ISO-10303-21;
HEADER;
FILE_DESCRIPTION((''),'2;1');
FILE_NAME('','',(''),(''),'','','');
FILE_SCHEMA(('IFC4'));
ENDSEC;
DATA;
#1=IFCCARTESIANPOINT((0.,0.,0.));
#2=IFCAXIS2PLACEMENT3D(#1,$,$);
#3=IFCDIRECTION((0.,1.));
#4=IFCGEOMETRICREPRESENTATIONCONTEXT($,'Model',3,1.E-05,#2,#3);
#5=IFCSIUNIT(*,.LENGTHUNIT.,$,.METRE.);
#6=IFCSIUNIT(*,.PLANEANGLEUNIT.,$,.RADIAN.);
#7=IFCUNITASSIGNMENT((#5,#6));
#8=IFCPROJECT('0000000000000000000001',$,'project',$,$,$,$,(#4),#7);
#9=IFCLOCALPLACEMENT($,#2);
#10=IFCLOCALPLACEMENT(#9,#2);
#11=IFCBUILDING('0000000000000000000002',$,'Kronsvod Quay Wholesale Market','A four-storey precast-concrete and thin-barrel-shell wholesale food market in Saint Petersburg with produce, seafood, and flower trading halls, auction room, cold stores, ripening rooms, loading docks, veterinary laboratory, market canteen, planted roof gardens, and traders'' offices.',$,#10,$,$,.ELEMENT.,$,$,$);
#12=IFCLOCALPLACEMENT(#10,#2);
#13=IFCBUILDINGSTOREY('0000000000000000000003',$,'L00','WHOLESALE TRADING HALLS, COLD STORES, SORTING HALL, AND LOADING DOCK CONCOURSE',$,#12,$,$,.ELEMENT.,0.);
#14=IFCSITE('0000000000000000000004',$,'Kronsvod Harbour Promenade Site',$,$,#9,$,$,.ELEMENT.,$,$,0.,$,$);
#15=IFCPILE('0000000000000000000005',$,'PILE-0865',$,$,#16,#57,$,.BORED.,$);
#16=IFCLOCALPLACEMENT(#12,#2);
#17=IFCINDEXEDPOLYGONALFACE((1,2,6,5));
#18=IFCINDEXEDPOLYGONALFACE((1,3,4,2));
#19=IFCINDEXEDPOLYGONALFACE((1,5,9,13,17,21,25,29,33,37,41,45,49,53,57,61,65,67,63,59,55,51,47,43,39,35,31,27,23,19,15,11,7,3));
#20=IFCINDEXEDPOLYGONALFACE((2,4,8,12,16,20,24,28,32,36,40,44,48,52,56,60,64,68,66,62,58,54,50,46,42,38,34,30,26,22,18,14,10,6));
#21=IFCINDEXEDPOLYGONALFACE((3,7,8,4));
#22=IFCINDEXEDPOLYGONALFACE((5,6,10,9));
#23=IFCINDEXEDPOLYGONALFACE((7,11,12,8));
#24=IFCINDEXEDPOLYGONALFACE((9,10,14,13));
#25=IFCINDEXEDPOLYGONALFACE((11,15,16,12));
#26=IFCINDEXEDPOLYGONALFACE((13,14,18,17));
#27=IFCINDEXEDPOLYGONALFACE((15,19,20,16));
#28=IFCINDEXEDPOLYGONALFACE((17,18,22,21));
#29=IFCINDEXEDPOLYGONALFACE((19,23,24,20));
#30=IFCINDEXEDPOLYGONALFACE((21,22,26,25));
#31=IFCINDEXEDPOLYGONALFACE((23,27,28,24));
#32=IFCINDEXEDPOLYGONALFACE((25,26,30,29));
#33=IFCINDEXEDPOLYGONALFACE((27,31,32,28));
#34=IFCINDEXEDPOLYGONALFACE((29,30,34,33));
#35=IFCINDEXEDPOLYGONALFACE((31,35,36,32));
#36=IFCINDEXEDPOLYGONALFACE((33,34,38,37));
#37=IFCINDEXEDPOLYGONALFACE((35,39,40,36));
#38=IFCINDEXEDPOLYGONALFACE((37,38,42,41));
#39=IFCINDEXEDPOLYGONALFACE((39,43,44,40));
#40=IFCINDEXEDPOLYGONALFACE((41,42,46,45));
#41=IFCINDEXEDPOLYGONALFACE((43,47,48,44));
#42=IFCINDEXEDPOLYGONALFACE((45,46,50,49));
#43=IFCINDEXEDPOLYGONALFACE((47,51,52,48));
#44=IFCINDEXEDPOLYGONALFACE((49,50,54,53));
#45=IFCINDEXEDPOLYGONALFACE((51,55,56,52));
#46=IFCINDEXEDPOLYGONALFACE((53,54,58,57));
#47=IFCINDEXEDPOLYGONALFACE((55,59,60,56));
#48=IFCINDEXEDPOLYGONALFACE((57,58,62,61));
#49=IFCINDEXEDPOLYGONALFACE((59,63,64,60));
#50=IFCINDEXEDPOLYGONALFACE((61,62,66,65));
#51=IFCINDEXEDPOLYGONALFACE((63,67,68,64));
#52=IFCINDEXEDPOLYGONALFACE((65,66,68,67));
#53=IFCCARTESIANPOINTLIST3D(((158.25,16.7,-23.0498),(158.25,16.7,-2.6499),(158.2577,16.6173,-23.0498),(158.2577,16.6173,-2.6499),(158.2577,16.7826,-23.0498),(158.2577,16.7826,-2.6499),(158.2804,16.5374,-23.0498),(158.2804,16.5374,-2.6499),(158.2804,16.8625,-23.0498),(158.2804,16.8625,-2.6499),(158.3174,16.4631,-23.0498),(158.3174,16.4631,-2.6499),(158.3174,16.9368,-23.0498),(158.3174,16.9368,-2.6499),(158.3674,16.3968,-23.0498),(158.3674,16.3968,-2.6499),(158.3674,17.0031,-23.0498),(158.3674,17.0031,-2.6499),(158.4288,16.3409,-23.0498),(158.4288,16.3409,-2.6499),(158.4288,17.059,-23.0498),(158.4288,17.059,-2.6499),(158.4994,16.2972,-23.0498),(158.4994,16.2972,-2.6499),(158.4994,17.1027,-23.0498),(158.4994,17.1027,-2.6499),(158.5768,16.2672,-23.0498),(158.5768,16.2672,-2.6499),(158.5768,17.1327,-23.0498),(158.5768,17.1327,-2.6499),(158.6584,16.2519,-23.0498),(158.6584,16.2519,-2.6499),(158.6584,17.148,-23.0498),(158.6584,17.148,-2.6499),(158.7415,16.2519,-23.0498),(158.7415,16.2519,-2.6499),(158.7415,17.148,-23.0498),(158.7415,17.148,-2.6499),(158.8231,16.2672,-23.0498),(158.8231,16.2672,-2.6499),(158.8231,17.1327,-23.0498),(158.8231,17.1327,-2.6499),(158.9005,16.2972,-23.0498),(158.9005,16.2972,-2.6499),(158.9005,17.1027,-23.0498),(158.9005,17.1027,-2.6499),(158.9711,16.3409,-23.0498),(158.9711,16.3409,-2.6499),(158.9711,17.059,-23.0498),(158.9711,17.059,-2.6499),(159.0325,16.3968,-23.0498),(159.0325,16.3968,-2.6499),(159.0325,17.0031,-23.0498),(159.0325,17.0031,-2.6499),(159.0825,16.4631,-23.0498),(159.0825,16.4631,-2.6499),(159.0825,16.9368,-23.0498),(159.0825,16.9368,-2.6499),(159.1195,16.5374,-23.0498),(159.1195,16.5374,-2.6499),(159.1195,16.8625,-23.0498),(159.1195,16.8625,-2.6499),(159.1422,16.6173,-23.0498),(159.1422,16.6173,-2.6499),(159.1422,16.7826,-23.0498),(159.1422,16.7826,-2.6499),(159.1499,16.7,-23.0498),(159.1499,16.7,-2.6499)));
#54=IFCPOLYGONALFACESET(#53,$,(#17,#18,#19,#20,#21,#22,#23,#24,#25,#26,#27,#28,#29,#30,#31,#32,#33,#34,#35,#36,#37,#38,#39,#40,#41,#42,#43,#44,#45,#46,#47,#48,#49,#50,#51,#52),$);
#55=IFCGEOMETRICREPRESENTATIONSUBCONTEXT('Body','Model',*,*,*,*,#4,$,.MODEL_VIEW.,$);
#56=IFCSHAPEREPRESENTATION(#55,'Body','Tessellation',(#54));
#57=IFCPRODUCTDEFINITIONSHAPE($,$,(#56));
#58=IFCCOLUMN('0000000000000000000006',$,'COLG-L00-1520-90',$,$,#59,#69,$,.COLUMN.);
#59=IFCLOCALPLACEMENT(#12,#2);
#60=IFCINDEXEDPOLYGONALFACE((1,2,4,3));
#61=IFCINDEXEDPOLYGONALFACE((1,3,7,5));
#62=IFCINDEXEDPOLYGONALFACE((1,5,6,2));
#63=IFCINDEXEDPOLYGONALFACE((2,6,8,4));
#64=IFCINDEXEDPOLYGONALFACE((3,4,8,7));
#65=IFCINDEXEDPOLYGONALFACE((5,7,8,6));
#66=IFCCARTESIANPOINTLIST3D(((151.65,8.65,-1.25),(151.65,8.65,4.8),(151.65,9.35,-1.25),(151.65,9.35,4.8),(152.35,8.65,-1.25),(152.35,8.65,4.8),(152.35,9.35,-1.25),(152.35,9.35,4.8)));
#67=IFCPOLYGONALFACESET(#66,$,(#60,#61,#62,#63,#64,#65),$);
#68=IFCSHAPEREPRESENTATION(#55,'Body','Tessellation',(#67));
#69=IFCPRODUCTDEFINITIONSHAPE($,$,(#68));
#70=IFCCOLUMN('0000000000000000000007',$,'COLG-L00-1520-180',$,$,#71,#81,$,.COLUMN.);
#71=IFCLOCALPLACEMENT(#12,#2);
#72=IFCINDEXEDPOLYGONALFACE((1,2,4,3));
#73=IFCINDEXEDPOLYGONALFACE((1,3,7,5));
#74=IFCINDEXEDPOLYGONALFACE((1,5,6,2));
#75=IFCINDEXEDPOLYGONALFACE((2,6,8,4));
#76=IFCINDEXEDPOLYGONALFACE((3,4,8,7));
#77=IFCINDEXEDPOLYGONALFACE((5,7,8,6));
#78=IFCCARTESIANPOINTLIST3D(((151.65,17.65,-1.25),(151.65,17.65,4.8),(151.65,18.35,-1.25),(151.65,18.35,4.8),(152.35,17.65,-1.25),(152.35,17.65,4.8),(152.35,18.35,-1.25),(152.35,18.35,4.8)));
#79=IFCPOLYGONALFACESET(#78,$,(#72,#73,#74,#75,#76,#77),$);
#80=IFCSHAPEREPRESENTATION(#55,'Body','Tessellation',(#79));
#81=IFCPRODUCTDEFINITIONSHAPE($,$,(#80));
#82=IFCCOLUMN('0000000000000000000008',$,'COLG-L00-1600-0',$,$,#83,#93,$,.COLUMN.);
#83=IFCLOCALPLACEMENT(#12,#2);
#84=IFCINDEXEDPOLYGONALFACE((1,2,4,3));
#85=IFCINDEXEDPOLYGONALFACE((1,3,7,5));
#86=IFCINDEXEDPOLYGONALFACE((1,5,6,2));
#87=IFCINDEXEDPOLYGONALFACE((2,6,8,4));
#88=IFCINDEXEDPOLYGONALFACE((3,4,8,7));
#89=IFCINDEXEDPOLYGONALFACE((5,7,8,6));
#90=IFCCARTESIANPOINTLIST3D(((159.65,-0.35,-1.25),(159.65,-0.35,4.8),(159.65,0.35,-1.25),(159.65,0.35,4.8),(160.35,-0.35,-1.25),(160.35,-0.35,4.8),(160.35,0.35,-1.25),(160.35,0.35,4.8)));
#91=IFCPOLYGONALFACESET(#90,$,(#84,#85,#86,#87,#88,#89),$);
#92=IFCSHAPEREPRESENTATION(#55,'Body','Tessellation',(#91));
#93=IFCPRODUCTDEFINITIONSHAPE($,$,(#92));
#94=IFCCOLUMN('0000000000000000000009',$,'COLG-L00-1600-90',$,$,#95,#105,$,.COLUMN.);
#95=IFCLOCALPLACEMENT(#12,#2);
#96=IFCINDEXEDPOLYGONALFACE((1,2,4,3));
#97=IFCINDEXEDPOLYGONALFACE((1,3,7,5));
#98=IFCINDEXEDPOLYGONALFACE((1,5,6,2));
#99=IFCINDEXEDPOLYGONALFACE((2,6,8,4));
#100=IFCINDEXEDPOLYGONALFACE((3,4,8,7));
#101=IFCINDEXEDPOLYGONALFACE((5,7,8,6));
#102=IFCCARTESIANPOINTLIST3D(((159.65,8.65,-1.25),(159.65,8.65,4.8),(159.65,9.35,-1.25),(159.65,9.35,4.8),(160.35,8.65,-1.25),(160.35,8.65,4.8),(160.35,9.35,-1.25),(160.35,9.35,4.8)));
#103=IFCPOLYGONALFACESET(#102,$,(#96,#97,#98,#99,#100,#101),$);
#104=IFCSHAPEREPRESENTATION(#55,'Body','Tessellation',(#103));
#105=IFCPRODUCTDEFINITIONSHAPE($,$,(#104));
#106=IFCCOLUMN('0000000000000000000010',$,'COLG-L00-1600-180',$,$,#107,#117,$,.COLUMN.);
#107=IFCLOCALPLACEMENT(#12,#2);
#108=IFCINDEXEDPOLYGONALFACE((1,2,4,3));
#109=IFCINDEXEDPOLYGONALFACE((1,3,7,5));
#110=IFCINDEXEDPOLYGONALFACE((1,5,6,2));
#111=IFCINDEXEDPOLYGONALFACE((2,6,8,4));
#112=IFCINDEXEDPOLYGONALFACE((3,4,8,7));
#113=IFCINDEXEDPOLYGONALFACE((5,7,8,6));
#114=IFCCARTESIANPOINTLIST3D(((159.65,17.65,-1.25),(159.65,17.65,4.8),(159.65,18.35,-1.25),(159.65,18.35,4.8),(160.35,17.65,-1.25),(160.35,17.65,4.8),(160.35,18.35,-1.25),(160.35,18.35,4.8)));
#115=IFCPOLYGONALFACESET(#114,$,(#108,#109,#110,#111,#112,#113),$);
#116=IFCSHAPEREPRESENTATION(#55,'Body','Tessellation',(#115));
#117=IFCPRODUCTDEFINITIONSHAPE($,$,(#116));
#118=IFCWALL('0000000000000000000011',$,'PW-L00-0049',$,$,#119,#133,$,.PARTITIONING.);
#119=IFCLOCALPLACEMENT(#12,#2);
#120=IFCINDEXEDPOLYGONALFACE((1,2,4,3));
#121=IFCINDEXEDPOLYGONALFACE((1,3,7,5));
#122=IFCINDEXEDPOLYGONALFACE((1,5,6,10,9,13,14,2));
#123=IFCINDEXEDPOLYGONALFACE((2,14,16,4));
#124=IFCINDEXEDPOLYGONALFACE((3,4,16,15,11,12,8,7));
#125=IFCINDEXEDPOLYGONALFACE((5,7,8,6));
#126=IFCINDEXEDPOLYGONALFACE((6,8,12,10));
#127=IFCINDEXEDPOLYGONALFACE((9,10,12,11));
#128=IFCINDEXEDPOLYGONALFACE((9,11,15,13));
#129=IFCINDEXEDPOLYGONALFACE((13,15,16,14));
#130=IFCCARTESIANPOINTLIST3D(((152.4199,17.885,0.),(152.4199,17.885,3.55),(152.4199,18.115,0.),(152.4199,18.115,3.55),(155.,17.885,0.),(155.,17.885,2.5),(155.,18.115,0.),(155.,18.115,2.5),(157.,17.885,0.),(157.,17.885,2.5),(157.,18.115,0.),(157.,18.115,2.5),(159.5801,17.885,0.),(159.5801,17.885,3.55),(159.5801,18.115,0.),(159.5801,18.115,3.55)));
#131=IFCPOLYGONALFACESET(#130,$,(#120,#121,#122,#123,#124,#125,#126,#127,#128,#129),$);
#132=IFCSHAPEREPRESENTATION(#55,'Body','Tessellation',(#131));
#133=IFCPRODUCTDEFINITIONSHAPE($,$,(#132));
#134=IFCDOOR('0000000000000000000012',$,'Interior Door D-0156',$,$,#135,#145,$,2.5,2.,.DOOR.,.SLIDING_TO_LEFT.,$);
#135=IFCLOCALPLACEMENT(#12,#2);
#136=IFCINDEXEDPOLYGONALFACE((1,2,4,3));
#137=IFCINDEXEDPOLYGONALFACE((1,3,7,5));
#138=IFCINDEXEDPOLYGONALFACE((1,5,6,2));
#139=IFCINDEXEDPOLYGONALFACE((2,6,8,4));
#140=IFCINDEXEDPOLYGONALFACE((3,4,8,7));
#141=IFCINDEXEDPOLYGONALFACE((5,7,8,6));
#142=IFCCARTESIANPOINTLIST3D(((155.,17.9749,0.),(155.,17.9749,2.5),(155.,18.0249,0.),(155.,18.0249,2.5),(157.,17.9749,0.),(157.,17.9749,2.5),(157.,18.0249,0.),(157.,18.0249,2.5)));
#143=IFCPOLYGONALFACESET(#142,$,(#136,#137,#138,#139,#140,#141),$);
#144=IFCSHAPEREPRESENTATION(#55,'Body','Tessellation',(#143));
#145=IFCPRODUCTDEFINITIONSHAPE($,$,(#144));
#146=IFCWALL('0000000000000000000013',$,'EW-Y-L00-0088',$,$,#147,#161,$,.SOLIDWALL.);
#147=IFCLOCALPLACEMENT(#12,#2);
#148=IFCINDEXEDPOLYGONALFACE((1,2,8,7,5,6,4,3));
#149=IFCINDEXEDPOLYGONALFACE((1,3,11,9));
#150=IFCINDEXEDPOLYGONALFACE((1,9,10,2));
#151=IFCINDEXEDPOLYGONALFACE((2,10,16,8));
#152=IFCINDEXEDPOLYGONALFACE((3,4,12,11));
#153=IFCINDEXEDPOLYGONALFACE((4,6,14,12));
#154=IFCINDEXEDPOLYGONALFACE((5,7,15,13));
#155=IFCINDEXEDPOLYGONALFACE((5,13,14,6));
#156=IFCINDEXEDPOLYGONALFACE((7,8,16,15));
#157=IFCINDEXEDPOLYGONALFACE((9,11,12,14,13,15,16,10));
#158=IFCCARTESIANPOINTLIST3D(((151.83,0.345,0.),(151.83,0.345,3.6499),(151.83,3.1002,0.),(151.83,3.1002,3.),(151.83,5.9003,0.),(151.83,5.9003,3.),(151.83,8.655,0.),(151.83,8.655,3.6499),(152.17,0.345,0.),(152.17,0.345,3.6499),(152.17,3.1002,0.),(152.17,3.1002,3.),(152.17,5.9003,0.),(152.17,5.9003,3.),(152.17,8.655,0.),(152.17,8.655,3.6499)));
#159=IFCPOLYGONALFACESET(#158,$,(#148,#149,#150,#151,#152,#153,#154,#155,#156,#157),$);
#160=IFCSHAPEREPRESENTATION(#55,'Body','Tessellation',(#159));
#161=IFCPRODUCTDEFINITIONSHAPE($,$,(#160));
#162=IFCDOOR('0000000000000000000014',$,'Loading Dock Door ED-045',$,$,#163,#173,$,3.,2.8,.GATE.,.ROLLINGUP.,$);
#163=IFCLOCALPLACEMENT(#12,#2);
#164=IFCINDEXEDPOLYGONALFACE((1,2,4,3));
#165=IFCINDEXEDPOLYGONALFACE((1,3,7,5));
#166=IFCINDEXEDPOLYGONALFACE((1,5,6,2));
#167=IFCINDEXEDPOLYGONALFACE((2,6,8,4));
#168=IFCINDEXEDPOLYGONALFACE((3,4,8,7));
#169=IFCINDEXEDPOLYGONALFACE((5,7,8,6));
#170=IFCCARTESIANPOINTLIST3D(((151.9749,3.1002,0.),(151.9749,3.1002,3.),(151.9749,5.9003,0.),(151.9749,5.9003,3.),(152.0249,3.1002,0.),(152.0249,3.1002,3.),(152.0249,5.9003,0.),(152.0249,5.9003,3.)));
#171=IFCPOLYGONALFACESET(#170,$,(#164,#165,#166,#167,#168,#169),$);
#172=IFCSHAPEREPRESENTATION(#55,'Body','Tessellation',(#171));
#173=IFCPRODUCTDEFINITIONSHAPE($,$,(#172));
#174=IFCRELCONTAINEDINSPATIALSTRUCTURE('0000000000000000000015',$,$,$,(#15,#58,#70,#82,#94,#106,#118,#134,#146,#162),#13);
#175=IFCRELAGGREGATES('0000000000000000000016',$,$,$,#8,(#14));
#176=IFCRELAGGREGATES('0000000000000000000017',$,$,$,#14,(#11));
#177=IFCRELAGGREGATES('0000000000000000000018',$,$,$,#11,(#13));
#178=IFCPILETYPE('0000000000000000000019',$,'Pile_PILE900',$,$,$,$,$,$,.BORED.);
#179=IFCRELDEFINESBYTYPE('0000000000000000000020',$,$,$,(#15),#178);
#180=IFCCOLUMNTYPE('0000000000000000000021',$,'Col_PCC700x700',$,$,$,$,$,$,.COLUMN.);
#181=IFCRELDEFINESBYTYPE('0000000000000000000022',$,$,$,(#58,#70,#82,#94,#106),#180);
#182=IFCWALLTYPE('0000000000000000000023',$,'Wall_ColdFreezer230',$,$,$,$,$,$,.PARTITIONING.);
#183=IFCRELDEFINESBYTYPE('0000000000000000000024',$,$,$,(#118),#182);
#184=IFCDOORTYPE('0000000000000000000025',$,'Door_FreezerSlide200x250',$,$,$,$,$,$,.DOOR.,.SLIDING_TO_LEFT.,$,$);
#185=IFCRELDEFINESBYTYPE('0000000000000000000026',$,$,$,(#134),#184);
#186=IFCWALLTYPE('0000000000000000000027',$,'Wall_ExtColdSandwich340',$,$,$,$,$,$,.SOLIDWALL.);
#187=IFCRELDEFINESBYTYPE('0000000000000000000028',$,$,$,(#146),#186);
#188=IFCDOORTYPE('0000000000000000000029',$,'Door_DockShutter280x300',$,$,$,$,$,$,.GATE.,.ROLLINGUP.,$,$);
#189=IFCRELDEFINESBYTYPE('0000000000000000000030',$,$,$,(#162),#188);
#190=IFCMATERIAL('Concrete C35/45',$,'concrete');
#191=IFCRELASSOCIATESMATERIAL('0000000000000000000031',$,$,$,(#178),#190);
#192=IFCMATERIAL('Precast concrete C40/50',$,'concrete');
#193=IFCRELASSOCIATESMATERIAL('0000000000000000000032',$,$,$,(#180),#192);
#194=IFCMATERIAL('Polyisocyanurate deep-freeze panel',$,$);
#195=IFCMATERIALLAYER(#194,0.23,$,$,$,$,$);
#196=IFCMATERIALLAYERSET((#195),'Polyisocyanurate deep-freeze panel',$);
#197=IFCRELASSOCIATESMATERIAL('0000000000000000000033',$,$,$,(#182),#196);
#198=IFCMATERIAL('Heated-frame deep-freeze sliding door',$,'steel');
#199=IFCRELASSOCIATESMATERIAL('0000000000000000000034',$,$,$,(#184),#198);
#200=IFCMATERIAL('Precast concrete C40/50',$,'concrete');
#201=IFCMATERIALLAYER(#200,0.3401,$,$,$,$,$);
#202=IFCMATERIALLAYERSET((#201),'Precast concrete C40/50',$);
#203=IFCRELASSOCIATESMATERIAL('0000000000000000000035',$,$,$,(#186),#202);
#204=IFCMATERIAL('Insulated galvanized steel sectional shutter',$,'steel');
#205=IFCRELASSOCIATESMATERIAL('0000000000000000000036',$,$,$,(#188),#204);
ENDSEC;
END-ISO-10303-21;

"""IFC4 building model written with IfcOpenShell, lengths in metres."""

from ifc_helpers import new_model, si_unit, direction, frame, frame_2d, origin, origin_2d, place, context, subcontext, project, spatial, rectangle, circle, extrude, material, layer, layer_set, material_profile, profile_set, type_object, element, fill, save


model = new_model("IFC4")

# Units and contexts
model_context = context("Model", 3, precision=1e-05, world=origin(), true_north=direction((0.0, 1.0)))
body_context = subcontext(model_context, "Body", "Model", "MODEL_VIEW")
ifc_project = project(units=[si_unit("LENGTHUNIT", "METRE"), si_unit("PLANEANGLEUNIT", "RADIAN")], contexts=[model_context])

# Site, building, storey
site_placement = place(None, origin())
site = spatial("IfcSite", under=ifc_project, at=site_placement, Name="Kronsvod Harbour Promenade Site", CompositionType="ELEMENT", RefElevation=0.0)
building_placement = place(site_placement, origin())
building = spatial("IfcBuilding", under=site, at=building_placement, Name="Kronsvod Quay Wholesale Market", Description="A four-storey precast-concrete and thin-barrel-shell wholesale food market in Saint Petersburg with produce, seafood, and flower trading halls, auction room, cold stores, ripening rooms, loading docks, veterinary laboratory, market canteen, planted roof gardens, and traders' offices.", CompositionType="ELEMENT")
storey_placement = place(building_placement, origin())
storey = spatial("IfcBuildingStorey", under=building, at=storey_placement, Name="L00", Description="WHOLESALE TRADING HALLS, COLD STORES, SORTING HALL, AND LOADING DOCK CONCOURSE", CompositionType="ELEMENT", Elevation=0.0)

# Pile
ifc_material_1 = material(Name="Concrete C35/45", Category="concrete")
ifc_material_profile_1 = material_profile(ifc_material_1, circle(Radius=0.45, at=origin_2d()), Name="PILE900")
ifc_profile_set_1 = profile_set([ifc_material_profile_1], Name="Concrete C35/45")
pile_type_1 = type_object("IfcPileType", Name="Pile_PILE900", PredefinedType="BORED", material=ifc_profile_set_1)
for number, where, z_axis, x_axis, name in (
    (1, (158.7, 16.7, -2.6499), (0.0, 0.0, -1.0), (1.0, 0.0, 0.0), "PILE-0865"),
):
    element("IfcPile", number, at=place(storey_placement, frame(where, z_axis=z_axis, x_axis=x_axis)), inside=storey, type_object=pile_type_1, Name=name, PredefinedType="BORED", context=body_context, shape_type="SweptSolid", body=[
        extrude(circle(Radius=0.45, at=origin_2d()), origin(), (0.0, 0.0, 1.0), 20.3999),
    ])

# Columns
ifc_material_2 = material(Name="Precast concrete C40/50", Category="concrete")
ifc_material_profile_2 = material_profile(ifc_material_2, rectangle(XDim=0.7, YDim=0.7, at=origin_2d()), Name="PCC700x700")
ifc_profile_set_2 = profile_set([ifc_material_profile_2], Name="Precast concrete C40/50")
column_type = type_object("IfcColumnType", Name="Col_PCC700x700", PredefinedType="COLUMN", material=ifc_profile_set_2)
for number, where, z_axis, x_axis, name in (
    (2, (152.0, 9.0, -1.25), (0.0, 0.0, 1.0), (1.0, 0.0, 0.0), "COLG-L00-1520-90"),
    (3, (152.0, 18.0, -1.25), (0.0, 0.0, 1.0), (1.0, 0.0, 0.0), "COLG-L00-1520-180"),
    (4, (160.0, 0.0, -1.25), (0.0, 0.0, 1.0), (1.0, 0.0, 0.0), "COLG-L00-1600-0"),
    (5, (160.0, 9.0, -1.25), (0.0, 0.0, 1.0), (1.0, 0.0, 0.0), "COLG-L00-1600-90"),
    (6, (160.0, 18.0, -1.25), (0.0, 0.0, 1.0), (1.0, 0.0, 0.0), "COLG-L00-1600-180"),
):
    element("IfcColumn", number, at=place(storey_placement, frame(where, z_axis=z_axis, x_axis=x_axis)), inside=storey, type_object=column_type, Name=name, PredefinedType="COLUMN", context=body_context, shape_type="SweptSolid", body=[
        extrude(rectangle(XDim=0.7, YDim=0.7, at=origin_2d()), origin(), (0.0, 0.0, 1.0), 6.05),
    ])

# Walls, openings, doors
ifc_material_3 = material(Name="Polyisocyanurate deep-freeze panel")
ifc_layer_1 = layer(ifc_material_3, 0.23)
ifc_layer_set_1 = layer_set([ifc_layer_1], Name="Polyisocyanurate deep-freeze panel")
wall_type_1 = type_object("IfcWallType", Name="Wall_ColdFreezer230", PredefinedType="PARTITIONING", material=ifc_layer_set_1)
wall_1_placement = place(storey_placement, frame((152.4199, 18.0, 0.0), z_axis=(0.0, 0.0, 1.0), x_axis=(1.0, 0.0, 0.0)))
wall_1 = element("IfcWall", 7, at=wall_1_placement, inside=storey, type_object=wall_type_1, Name="PW-L00-0049", PredefinedType="PARTITIONING", context=body_context, shape_type="SweptSolid", body=[
    extrude(rectangle(XDim=7.1602, YDim=0.23, at=frame_2d((3.5801, 0.0))), origin(), (0.0, 0.0, 1.0), 3.55),
])
opening_1_placement = place(wall_1_placement, frame((2.5801, 0.0, 0.0)))
opening_1 = element("IfcOpeningElement", 8, at=opening_1_placement, cuts=wall_1, PredefinedType="OPENING", context=body_context, shape_type="SweptSolid", body=[
    extrude(rectangle(XDim=2.0, YDim=2.5, at=frame_2d((1.0, 1.25))), frame((0.0, 0.125, 0.0), z_axis=(0.0, -1.0, 0.0), x_axis=(1.0, 0.0, 0.0)), (0.0, 0.0, 1.0), 0.25),
])
ifc_material_4 = material(Name="Heated-frame deep-freeze sliding door", Category="steel")
door_type_1 = type_object("IfcDoorType", Name="Door_FreezerSlide200x250", OperationType="SLIDING_TO_LEFT", PredefinedType="DOOR", material=ifc_material_4)
door_1_placement = place(opening_1_placement, origin())
door_1 = element("IfcDoor", 9, at=door_1_placement, inside=storey, type_object=door_type_1, Name="Interior Door D-0156", OperationType="SLIDING_TO_LEFT", OverallHeight=2.5, OverallWidth=2.0, PredefinedType="DOOR", context=body_context, shape_type="SweptSolid", body=[
    extrude(rectangle(XDim=2.0, YDim=2.5, at=frame_2d((1.0, 1.25))), frame((0.0, 0.0249, 0.0), z_axis=(0.0, -1.0, 0.0), x_axis=(1.0, 0.0, 0.0)), (0.0, 0.0, 1.0), 0.05),
])
fill(opening_1, door_1)
ifc_material_5 = material(Name="Precast concrete C40/50", Category="concrete")
ifc_layer_2 = layer(ifc_material_5, 0.3401)
ifc_layer_set_2 = layer_set([ifc_layer_2], Name="Precast concrete C40/50")
wall_type_2 = type_object("IfcWallType", Name="Wall_ExtColdSandwich340", PredefinedType="SOLIDWALL", material=ifc_layer_set_2)
wall_2_placement = place(storey_placement, frame((152.0, 8.655, 0.0), z_axis=(0.0, 0.0, 1.0), x_axis=(0.0, -1.0, 0.0)))
wall_2 = element("IfcWall", 10, at=wall_2_placement, inside=storey, type_object=wall_type_2, Name="EW-Y-L00-0088", PredefinedType="SOLIDWALL", context=body_context, shape_type="SweptSolid", body=[
    extrude(rectangle(XDim=8.3101, YDim=0.3401, at=frame_2d((4.155, 0.0))), origin(), (0.0, 0.0, 1.0), 3.6499),
])
opening_2_placement = place(wall_2_placement, frame((2.7549, 0.0, 0.0)))
opening_2 = element("IfcOpeningElement", 11, at=opening_2_placement, cuts=wall_2, PredefinedType="OPENING", context=body_context, shape_type="SweptSolid", body=[
    extrude(rectangle(XDim=2.8, YDim=3.0, at=frame_2d((1.3999, 1.5))), frame((0.0, 0.1802, 0.0), z_axis=(0.0, -1.0, 0.0), x_axis=(1.0, 0.0, 0.0)), (0.0, 0.0, 1.0), 0.3601),
])
ifc_material_6 = material(Name="Insulated galvanized steel sectional shutter", Category="steel")
door_type_2 = type_object("IfcDoorType", Name="Door_DockShutter280x300", OperationType="ROLLINGUP", PredefinedType="GATE", material=ifc_material_6)
door_2_placement = place(opening_2_placement, origin())
door_2 = element("IfcDoor", 12, at=door_2_placement, inside=storey, type_object=door_type_2, Name="Loading Dock Door ED-045", OperationType="ROLLINGUP", OverallHeight=3.0, OverallWidth=2.8, PredefinedType="GATE", context=body_context, shape_type="SweptSolid", body=[
    extrude(rectangle(XDim=2.8, YDim=3.0, at=frame_2d((1.3999, 1.5))), frame((0.0, 0.0249, 0.0), z_axis=(0.0, -1.0, 0.0), x_axis=(1.0, 0.0, 0.0)), (0.0, 0.0, 1.0), 0.05),
])
fill(opening_2, door_2)

save(model, "model.ifc")
